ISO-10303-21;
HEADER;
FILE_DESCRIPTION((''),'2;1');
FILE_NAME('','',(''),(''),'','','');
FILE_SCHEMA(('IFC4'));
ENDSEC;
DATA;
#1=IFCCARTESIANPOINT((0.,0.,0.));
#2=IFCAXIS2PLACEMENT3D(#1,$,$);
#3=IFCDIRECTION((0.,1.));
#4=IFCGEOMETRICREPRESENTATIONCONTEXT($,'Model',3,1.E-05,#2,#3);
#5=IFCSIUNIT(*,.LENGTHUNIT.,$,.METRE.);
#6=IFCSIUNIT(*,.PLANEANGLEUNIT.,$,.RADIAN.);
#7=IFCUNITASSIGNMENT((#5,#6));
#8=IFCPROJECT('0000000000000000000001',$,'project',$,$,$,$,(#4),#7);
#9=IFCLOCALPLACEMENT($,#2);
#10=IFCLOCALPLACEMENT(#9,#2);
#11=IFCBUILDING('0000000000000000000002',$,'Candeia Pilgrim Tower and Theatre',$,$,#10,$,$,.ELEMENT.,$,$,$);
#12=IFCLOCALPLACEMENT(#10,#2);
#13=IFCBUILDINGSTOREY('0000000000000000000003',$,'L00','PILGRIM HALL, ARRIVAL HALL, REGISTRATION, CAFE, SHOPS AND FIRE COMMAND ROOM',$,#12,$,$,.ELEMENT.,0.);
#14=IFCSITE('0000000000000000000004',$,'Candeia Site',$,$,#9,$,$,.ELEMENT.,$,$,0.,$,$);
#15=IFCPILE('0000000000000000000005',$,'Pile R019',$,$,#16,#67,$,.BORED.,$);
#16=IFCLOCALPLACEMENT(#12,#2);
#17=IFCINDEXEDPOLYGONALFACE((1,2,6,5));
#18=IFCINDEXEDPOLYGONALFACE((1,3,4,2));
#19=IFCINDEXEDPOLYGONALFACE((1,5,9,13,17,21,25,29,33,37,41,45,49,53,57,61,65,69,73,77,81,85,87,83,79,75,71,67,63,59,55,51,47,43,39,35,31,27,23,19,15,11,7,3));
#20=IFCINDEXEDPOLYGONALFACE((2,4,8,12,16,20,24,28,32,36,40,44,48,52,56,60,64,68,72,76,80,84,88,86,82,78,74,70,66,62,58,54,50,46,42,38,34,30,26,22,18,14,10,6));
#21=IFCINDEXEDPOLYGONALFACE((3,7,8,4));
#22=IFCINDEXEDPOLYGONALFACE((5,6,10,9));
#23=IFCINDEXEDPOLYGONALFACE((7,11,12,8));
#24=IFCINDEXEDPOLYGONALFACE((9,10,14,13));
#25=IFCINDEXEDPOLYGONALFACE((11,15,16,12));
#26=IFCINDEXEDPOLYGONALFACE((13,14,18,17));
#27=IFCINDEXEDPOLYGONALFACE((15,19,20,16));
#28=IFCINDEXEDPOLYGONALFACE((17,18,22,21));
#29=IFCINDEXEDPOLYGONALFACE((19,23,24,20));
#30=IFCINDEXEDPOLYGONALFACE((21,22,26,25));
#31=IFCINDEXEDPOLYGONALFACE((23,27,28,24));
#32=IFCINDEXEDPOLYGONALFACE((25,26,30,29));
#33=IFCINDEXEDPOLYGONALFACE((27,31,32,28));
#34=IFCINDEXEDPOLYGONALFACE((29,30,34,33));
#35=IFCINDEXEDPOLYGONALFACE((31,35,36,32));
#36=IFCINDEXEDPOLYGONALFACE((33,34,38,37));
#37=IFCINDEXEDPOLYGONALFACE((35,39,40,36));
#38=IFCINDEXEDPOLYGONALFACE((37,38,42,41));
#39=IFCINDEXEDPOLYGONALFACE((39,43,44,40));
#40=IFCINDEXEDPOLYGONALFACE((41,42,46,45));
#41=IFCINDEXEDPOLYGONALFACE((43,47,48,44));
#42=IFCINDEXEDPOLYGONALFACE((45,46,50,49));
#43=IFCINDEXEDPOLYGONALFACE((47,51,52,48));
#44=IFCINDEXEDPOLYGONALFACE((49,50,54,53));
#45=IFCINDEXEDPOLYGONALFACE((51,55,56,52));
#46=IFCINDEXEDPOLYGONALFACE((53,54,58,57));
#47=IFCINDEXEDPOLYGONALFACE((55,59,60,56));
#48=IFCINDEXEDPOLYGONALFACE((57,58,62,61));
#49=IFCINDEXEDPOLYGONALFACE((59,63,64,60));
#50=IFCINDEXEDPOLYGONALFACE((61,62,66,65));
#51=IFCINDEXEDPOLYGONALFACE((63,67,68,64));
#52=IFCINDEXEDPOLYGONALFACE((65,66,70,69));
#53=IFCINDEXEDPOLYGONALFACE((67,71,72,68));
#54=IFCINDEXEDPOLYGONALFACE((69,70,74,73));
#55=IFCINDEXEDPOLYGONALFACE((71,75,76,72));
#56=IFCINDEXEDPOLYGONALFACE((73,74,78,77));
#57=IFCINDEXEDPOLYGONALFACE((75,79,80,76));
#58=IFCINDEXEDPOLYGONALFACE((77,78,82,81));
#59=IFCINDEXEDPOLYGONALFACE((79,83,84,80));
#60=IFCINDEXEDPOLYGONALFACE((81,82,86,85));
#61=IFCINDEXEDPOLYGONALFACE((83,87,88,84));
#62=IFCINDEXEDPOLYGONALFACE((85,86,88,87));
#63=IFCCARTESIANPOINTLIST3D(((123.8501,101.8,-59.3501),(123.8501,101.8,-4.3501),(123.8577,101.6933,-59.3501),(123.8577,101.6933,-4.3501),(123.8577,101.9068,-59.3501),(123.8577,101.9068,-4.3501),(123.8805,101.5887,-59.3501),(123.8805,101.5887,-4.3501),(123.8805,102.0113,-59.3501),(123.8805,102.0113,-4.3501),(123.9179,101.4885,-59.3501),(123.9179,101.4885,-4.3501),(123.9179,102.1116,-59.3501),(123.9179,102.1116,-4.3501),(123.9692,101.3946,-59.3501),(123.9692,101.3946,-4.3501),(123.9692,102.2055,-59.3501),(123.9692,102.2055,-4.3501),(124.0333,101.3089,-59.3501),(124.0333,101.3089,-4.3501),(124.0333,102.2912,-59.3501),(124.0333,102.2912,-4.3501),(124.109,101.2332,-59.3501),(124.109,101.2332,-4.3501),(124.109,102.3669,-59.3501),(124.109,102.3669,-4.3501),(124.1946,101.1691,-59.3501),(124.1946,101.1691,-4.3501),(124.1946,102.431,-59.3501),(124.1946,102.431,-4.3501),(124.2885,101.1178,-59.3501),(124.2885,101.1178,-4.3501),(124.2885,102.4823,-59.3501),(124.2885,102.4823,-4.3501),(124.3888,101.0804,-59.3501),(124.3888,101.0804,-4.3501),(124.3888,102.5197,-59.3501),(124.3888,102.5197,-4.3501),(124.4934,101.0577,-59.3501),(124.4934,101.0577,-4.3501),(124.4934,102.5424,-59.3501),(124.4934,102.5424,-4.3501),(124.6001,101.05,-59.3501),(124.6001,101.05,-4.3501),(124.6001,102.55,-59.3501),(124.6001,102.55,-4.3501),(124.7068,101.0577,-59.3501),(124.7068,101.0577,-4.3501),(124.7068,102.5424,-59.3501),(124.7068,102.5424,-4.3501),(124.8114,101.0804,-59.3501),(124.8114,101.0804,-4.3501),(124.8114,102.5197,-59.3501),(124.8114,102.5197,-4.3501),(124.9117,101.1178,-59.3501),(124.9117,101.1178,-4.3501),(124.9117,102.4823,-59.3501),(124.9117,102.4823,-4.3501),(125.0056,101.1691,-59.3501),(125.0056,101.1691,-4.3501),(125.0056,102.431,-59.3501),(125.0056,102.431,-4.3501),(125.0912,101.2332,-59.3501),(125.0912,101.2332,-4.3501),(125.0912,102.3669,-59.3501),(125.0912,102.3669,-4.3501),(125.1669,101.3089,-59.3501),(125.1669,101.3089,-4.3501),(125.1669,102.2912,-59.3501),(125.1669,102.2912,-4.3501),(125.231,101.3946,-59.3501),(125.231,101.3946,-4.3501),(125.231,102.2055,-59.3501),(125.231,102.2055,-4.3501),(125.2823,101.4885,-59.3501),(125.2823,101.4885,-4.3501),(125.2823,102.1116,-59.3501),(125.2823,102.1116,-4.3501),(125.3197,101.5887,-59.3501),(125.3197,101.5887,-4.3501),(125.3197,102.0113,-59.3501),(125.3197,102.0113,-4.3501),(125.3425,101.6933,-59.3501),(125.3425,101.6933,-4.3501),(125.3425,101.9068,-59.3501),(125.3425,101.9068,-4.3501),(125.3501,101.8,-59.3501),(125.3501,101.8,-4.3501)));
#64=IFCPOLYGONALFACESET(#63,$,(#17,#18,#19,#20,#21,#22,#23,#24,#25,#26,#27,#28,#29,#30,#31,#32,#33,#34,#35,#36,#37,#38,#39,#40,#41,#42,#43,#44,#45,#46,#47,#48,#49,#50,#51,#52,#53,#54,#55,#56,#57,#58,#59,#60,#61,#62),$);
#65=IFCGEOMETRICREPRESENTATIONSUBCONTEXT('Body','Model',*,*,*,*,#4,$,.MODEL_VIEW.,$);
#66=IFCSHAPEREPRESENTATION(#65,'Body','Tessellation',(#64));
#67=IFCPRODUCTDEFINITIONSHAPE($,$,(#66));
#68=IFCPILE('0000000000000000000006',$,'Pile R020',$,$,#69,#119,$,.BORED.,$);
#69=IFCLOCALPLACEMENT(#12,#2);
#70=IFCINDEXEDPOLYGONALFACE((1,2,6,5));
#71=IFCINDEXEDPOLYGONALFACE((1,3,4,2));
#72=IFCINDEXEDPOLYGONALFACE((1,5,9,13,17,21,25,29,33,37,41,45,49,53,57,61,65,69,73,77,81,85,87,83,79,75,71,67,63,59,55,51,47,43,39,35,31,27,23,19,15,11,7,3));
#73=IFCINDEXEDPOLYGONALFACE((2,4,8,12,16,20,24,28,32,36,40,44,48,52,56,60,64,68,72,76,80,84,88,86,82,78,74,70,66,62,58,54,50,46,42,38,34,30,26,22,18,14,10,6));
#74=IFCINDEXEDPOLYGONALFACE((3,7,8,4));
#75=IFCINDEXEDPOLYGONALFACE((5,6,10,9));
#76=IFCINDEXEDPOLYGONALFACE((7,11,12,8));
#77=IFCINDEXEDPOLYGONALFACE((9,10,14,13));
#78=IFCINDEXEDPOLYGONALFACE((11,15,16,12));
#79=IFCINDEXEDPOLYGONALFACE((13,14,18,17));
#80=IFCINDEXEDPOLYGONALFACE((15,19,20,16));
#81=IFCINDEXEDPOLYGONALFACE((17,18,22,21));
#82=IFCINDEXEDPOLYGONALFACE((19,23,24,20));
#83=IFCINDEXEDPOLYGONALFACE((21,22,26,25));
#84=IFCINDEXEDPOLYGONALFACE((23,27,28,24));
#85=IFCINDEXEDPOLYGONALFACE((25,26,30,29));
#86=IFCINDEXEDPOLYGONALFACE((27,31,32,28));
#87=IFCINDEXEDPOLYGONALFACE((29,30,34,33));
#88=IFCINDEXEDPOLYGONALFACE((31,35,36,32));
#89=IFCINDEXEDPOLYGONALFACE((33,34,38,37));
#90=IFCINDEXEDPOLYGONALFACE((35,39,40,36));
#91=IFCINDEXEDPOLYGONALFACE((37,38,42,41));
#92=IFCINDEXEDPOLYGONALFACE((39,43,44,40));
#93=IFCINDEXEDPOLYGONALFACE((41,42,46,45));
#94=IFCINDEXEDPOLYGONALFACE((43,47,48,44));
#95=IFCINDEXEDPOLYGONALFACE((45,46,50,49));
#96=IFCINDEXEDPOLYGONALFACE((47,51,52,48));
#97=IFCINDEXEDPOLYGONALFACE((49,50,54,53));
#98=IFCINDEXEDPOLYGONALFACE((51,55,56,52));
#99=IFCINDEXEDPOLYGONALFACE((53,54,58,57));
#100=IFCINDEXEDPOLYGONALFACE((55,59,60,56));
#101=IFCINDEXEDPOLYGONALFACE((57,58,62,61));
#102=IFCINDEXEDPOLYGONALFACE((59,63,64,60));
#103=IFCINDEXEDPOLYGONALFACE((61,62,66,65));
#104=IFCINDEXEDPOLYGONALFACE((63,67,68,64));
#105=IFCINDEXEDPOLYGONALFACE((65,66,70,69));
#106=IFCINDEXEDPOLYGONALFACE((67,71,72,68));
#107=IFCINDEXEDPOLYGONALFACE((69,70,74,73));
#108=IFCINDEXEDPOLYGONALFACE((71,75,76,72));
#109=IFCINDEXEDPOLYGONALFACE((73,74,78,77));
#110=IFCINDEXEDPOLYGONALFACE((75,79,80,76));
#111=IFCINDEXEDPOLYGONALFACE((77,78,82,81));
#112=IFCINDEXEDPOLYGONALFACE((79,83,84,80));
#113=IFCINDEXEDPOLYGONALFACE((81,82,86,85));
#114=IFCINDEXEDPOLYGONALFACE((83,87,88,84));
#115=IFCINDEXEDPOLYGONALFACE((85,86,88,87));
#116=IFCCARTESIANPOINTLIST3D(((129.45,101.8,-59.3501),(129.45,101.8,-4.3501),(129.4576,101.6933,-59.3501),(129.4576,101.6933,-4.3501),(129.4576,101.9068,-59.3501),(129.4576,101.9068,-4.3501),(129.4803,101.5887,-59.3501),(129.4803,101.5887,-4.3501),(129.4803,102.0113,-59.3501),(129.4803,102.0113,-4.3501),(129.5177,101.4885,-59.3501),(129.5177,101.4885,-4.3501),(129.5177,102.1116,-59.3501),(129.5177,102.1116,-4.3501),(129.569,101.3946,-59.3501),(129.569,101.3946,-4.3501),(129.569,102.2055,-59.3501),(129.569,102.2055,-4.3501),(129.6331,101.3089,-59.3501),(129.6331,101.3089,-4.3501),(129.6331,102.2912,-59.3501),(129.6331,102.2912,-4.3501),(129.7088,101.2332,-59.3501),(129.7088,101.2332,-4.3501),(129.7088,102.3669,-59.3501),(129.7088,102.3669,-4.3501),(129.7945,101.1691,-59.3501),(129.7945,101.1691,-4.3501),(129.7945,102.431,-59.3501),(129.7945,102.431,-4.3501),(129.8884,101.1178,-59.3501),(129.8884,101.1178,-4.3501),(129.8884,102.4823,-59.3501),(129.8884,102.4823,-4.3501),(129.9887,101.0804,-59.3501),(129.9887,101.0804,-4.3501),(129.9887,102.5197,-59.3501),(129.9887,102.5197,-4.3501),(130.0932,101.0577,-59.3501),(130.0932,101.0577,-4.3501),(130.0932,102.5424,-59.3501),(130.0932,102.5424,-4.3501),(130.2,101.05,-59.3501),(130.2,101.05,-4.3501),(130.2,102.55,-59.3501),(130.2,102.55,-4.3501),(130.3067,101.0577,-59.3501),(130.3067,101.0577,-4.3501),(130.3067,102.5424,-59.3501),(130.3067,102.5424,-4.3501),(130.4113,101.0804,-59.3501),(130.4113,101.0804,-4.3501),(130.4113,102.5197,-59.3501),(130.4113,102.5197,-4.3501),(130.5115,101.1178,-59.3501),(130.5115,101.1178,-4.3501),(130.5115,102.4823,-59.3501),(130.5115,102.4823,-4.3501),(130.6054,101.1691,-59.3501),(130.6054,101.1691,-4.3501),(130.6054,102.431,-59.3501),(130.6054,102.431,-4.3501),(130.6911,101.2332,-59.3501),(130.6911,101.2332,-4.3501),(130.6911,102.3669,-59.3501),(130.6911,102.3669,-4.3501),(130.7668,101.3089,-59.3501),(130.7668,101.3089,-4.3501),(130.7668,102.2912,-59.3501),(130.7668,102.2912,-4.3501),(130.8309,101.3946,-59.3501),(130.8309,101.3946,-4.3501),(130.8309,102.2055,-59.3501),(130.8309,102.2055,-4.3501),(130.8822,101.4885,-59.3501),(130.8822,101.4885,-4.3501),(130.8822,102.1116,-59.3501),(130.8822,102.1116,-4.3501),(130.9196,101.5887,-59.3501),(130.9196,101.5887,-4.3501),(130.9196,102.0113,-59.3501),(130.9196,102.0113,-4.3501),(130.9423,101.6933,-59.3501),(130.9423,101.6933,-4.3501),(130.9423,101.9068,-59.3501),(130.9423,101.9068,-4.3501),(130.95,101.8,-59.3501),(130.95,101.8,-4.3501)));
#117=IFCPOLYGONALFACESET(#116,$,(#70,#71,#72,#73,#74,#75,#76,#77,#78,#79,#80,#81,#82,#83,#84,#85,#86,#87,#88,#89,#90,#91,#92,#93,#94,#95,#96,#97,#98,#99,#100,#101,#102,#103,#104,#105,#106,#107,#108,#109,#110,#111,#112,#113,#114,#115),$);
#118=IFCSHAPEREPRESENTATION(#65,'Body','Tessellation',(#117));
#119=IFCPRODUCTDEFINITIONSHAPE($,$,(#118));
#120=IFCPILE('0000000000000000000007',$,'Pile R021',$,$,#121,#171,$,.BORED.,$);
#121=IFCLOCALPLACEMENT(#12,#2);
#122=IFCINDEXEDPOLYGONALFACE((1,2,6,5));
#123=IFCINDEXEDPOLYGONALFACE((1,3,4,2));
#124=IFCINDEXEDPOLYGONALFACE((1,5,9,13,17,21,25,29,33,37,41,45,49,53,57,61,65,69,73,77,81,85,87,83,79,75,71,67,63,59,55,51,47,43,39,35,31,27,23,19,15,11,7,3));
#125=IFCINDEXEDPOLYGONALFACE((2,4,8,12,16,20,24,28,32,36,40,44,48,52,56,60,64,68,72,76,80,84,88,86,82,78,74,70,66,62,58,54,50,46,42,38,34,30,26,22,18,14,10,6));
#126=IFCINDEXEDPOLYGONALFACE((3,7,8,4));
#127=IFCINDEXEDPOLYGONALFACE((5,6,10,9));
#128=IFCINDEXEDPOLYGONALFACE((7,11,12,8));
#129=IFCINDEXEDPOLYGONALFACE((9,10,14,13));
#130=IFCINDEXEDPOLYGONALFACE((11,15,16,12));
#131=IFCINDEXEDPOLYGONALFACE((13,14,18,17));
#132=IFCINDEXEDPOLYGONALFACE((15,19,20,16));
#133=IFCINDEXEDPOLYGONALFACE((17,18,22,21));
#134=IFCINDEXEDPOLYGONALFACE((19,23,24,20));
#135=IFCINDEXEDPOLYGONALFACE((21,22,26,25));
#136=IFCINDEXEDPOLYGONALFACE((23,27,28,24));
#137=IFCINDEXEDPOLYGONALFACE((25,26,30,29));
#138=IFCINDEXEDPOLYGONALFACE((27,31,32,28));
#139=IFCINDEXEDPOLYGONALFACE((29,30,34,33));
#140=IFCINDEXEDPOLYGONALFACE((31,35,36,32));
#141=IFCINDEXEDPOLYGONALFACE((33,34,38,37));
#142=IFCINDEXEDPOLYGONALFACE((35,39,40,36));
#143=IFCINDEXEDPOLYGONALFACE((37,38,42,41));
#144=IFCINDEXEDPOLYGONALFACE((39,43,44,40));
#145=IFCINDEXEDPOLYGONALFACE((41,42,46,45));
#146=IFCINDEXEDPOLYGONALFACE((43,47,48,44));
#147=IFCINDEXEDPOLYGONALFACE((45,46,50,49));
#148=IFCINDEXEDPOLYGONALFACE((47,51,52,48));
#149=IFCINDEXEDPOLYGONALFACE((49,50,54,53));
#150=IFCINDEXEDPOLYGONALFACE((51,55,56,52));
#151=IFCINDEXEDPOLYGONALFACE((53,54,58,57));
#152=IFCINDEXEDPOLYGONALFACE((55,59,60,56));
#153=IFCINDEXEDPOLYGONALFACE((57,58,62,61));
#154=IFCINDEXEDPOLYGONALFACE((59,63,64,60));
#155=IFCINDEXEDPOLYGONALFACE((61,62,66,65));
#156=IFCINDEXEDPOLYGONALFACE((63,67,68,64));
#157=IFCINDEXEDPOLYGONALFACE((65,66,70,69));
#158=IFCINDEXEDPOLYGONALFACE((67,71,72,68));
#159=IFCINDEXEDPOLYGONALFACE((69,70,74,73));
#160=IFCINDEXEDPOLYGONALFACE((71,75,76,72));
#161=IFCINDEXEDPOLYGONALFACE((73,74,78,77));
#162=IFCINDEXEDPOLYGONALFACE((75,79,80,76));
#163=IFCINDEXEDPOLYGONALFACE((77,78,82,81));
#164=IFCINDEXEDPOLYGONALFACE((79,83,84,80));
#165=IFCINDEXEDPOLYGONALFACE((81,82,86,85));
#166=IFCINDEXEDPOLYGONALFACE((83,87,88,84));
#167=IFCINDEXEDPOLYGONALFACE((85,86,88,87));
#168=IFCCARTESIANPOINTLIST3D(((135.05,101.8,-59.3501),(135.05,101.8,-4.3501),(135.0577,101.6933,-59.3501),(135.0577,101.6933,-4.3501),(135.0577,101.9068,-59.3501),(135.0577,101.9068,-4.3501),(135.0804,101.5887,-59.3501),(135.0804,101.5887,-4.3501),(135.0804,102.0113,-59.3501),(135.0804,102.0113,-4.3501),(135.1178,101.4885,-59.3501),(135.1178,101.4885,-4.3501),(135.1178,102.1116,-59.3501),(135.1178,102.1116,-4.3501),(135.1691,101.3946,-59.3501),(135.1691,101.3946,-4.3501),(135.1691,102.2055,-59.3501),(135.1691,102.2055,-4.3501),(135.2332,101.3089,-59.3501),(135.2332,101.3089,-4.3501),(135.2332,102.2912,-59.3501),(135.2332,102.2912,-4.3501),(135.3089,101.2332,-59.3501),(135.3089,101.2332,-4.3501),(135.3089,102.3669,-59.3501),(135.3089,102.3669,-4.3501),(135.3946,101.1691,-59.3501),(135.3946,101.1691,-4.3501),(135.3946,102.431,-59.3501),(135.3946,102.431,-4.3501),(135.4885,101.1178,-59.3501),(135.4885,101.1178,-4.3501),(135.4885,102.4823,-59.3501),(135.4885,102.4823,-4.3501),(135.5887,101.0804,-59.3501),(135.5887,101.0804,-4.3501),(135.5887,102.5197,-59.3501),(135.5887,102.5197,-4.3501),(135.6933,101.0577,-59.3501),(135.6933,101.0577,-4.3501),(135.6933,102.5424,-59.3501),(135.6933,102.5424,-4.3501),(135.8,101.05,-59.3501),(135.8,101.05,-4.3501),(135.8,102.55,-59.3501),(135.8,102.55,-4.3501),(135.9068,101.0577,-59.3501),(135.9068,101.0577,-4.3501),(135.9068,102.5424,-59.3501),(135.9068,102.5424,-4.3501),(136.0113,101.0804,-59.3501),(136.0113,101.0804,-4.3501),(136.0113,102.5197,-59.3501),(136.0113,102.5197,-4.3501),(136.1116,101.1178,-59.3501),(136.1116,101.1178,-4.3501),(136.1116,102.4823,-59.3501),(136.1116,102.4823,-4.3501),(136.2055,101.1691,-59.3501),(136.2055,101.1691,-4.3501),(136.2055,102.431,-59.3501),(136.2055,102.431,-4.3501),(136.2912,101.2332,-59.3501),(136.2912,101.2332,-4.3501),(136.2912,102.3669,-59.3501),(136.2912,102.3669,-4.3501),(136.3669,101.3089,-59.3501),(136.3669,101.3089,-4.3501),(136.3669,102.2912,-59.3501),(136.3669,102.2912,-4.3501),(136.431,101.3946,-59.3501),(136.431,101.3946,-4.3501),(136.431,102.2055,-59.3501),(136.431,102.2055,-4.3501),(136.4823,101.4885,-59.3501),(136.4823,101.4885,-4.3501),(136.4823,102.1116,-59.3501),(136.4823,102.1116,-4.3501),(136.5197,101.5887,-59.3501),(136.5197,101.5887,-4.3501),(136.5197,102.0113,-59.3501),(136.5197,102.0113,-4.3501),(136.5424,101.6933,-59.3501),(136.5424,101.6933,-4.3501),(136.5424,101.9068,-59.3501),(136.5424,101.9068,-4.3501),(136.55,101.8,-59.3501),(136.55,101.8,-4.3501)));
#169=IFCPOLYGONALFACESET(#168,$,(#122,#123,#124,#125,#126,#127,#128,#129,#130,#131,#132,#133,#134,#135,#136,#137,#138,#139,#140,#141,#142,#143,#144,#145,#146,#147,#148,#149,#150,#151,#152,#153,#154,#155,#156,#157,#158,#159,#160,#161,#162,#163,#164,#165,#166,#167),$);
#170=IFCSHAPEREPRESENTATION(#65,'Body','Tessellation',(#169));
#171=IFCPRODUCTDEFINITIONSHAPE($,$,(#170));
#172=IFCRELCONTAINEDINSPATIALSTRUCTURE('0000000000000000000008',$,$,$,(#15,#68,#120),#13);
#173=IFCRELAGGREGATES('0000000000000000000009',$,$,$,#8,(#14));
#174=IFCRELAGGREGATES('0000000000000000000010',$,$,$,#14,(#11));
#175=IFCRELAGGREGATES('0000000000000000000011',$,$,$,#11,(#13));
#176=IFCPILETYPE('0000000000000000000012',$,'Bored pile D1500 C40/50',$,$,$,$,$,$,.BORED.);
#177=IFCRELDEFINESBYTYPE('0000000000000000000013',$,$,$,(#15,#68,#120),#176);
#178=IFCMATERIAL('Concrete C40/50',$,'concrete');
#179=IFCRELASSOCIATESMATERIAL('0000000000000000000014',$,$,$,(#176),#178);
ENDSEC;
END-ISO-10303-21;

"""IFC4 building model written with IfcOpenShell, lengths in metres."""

from ifc_helpers import new_model, si_unit, direction, frame, origin, origin_2d, place, context, subcontext, project, spatial, circle, extrude, material, material_profile, profile_set, type_object, element, save


model = new_model("IFC4")

# Units and contexts
model_context = context("Model", 3, precision=1e-05, world=origin(), true_north=direction((0.0, 1.0)))
body_context = subcontext(model_context, "Body", "Model", "MODEL_VIEW")
ifc_project = project(units=[si_unit("LENGTHUNIT", "METRE"), si_unit("PLANEANGLEUNIT", "RADIAN")], contexts=[model_context])

# Site, building, storey
site_placement = place(None, origin())
site = spatial("IfcSite", under=ifc_project, at=site_placement, Name="Candeia Site", CompositionType="ELEMENT", RefElevation=0.0)
building_placement = place(site_placement, origin())
building = spatial("IfcBuilding", under=site, at=building_placement, Name="Candeia Pilgrim Tower and Theatre", CompositionType="ELEMENT")
storey_placement = place(building_placement, origin())
storey = spatial("IfcBuildingStorey", under=building, at=storey_placement, Name="L00", Description="PILGRIM HALL, ARRIVAL HALL, REGISTRATION, CAFE, SHOPS AND FIRE COMMAND ROOM", CompositionType="ELEMENT", Elevation=0.0)

# Piles
ifc_material_1 = material(Name="Concrete C40/50", Category="concrete")
ifc_material_profile_1 = material_profile(ifc_material_1, circle(Radius=0.75, at=origin_2d()))
ifc_profile_set_1 = profile_set([ifc_material_profile_1], Name="Concrete C40/50")
pile_type = type_object("IfcPileType", Name="Bored pile D1500 C40/50", PredefinedType="BORED", material=ifc_profile_set_1)
for number, where, z_axis, x_axis, name in (
    (1, (124.6001, 101.8, -4.3501), (0.0, 0.0, -1.0), (1.0, 0.0, 0.0), "Pile R019"),
    (2, (130.2, 101.8, -4.3501), (0.0, 0.0, -1.0), (1.0, 0.0, 0.0), "Pile R020"),
    (3, (135.8, 101.8, -4.3501), (0.0, 0.0, -1.0), (1.0, 0.0, 0.0), "Pile R021"),
):
    element("IfcPile", number, at=place(storey_placement, frame(where, z_axis=z_axis, x_axis=x_axis)), inside=storey, type_object=pile_type, Name=name, PredefinedType="BORED", context=body_context, shape_type="SweptSolid", body=[
        extrude(circle(Radius=0.75, at=origin_2d()), origin(), (0.0, 0.0, 1.0), 55.0),
    ])

save(model, "model.ifc")
